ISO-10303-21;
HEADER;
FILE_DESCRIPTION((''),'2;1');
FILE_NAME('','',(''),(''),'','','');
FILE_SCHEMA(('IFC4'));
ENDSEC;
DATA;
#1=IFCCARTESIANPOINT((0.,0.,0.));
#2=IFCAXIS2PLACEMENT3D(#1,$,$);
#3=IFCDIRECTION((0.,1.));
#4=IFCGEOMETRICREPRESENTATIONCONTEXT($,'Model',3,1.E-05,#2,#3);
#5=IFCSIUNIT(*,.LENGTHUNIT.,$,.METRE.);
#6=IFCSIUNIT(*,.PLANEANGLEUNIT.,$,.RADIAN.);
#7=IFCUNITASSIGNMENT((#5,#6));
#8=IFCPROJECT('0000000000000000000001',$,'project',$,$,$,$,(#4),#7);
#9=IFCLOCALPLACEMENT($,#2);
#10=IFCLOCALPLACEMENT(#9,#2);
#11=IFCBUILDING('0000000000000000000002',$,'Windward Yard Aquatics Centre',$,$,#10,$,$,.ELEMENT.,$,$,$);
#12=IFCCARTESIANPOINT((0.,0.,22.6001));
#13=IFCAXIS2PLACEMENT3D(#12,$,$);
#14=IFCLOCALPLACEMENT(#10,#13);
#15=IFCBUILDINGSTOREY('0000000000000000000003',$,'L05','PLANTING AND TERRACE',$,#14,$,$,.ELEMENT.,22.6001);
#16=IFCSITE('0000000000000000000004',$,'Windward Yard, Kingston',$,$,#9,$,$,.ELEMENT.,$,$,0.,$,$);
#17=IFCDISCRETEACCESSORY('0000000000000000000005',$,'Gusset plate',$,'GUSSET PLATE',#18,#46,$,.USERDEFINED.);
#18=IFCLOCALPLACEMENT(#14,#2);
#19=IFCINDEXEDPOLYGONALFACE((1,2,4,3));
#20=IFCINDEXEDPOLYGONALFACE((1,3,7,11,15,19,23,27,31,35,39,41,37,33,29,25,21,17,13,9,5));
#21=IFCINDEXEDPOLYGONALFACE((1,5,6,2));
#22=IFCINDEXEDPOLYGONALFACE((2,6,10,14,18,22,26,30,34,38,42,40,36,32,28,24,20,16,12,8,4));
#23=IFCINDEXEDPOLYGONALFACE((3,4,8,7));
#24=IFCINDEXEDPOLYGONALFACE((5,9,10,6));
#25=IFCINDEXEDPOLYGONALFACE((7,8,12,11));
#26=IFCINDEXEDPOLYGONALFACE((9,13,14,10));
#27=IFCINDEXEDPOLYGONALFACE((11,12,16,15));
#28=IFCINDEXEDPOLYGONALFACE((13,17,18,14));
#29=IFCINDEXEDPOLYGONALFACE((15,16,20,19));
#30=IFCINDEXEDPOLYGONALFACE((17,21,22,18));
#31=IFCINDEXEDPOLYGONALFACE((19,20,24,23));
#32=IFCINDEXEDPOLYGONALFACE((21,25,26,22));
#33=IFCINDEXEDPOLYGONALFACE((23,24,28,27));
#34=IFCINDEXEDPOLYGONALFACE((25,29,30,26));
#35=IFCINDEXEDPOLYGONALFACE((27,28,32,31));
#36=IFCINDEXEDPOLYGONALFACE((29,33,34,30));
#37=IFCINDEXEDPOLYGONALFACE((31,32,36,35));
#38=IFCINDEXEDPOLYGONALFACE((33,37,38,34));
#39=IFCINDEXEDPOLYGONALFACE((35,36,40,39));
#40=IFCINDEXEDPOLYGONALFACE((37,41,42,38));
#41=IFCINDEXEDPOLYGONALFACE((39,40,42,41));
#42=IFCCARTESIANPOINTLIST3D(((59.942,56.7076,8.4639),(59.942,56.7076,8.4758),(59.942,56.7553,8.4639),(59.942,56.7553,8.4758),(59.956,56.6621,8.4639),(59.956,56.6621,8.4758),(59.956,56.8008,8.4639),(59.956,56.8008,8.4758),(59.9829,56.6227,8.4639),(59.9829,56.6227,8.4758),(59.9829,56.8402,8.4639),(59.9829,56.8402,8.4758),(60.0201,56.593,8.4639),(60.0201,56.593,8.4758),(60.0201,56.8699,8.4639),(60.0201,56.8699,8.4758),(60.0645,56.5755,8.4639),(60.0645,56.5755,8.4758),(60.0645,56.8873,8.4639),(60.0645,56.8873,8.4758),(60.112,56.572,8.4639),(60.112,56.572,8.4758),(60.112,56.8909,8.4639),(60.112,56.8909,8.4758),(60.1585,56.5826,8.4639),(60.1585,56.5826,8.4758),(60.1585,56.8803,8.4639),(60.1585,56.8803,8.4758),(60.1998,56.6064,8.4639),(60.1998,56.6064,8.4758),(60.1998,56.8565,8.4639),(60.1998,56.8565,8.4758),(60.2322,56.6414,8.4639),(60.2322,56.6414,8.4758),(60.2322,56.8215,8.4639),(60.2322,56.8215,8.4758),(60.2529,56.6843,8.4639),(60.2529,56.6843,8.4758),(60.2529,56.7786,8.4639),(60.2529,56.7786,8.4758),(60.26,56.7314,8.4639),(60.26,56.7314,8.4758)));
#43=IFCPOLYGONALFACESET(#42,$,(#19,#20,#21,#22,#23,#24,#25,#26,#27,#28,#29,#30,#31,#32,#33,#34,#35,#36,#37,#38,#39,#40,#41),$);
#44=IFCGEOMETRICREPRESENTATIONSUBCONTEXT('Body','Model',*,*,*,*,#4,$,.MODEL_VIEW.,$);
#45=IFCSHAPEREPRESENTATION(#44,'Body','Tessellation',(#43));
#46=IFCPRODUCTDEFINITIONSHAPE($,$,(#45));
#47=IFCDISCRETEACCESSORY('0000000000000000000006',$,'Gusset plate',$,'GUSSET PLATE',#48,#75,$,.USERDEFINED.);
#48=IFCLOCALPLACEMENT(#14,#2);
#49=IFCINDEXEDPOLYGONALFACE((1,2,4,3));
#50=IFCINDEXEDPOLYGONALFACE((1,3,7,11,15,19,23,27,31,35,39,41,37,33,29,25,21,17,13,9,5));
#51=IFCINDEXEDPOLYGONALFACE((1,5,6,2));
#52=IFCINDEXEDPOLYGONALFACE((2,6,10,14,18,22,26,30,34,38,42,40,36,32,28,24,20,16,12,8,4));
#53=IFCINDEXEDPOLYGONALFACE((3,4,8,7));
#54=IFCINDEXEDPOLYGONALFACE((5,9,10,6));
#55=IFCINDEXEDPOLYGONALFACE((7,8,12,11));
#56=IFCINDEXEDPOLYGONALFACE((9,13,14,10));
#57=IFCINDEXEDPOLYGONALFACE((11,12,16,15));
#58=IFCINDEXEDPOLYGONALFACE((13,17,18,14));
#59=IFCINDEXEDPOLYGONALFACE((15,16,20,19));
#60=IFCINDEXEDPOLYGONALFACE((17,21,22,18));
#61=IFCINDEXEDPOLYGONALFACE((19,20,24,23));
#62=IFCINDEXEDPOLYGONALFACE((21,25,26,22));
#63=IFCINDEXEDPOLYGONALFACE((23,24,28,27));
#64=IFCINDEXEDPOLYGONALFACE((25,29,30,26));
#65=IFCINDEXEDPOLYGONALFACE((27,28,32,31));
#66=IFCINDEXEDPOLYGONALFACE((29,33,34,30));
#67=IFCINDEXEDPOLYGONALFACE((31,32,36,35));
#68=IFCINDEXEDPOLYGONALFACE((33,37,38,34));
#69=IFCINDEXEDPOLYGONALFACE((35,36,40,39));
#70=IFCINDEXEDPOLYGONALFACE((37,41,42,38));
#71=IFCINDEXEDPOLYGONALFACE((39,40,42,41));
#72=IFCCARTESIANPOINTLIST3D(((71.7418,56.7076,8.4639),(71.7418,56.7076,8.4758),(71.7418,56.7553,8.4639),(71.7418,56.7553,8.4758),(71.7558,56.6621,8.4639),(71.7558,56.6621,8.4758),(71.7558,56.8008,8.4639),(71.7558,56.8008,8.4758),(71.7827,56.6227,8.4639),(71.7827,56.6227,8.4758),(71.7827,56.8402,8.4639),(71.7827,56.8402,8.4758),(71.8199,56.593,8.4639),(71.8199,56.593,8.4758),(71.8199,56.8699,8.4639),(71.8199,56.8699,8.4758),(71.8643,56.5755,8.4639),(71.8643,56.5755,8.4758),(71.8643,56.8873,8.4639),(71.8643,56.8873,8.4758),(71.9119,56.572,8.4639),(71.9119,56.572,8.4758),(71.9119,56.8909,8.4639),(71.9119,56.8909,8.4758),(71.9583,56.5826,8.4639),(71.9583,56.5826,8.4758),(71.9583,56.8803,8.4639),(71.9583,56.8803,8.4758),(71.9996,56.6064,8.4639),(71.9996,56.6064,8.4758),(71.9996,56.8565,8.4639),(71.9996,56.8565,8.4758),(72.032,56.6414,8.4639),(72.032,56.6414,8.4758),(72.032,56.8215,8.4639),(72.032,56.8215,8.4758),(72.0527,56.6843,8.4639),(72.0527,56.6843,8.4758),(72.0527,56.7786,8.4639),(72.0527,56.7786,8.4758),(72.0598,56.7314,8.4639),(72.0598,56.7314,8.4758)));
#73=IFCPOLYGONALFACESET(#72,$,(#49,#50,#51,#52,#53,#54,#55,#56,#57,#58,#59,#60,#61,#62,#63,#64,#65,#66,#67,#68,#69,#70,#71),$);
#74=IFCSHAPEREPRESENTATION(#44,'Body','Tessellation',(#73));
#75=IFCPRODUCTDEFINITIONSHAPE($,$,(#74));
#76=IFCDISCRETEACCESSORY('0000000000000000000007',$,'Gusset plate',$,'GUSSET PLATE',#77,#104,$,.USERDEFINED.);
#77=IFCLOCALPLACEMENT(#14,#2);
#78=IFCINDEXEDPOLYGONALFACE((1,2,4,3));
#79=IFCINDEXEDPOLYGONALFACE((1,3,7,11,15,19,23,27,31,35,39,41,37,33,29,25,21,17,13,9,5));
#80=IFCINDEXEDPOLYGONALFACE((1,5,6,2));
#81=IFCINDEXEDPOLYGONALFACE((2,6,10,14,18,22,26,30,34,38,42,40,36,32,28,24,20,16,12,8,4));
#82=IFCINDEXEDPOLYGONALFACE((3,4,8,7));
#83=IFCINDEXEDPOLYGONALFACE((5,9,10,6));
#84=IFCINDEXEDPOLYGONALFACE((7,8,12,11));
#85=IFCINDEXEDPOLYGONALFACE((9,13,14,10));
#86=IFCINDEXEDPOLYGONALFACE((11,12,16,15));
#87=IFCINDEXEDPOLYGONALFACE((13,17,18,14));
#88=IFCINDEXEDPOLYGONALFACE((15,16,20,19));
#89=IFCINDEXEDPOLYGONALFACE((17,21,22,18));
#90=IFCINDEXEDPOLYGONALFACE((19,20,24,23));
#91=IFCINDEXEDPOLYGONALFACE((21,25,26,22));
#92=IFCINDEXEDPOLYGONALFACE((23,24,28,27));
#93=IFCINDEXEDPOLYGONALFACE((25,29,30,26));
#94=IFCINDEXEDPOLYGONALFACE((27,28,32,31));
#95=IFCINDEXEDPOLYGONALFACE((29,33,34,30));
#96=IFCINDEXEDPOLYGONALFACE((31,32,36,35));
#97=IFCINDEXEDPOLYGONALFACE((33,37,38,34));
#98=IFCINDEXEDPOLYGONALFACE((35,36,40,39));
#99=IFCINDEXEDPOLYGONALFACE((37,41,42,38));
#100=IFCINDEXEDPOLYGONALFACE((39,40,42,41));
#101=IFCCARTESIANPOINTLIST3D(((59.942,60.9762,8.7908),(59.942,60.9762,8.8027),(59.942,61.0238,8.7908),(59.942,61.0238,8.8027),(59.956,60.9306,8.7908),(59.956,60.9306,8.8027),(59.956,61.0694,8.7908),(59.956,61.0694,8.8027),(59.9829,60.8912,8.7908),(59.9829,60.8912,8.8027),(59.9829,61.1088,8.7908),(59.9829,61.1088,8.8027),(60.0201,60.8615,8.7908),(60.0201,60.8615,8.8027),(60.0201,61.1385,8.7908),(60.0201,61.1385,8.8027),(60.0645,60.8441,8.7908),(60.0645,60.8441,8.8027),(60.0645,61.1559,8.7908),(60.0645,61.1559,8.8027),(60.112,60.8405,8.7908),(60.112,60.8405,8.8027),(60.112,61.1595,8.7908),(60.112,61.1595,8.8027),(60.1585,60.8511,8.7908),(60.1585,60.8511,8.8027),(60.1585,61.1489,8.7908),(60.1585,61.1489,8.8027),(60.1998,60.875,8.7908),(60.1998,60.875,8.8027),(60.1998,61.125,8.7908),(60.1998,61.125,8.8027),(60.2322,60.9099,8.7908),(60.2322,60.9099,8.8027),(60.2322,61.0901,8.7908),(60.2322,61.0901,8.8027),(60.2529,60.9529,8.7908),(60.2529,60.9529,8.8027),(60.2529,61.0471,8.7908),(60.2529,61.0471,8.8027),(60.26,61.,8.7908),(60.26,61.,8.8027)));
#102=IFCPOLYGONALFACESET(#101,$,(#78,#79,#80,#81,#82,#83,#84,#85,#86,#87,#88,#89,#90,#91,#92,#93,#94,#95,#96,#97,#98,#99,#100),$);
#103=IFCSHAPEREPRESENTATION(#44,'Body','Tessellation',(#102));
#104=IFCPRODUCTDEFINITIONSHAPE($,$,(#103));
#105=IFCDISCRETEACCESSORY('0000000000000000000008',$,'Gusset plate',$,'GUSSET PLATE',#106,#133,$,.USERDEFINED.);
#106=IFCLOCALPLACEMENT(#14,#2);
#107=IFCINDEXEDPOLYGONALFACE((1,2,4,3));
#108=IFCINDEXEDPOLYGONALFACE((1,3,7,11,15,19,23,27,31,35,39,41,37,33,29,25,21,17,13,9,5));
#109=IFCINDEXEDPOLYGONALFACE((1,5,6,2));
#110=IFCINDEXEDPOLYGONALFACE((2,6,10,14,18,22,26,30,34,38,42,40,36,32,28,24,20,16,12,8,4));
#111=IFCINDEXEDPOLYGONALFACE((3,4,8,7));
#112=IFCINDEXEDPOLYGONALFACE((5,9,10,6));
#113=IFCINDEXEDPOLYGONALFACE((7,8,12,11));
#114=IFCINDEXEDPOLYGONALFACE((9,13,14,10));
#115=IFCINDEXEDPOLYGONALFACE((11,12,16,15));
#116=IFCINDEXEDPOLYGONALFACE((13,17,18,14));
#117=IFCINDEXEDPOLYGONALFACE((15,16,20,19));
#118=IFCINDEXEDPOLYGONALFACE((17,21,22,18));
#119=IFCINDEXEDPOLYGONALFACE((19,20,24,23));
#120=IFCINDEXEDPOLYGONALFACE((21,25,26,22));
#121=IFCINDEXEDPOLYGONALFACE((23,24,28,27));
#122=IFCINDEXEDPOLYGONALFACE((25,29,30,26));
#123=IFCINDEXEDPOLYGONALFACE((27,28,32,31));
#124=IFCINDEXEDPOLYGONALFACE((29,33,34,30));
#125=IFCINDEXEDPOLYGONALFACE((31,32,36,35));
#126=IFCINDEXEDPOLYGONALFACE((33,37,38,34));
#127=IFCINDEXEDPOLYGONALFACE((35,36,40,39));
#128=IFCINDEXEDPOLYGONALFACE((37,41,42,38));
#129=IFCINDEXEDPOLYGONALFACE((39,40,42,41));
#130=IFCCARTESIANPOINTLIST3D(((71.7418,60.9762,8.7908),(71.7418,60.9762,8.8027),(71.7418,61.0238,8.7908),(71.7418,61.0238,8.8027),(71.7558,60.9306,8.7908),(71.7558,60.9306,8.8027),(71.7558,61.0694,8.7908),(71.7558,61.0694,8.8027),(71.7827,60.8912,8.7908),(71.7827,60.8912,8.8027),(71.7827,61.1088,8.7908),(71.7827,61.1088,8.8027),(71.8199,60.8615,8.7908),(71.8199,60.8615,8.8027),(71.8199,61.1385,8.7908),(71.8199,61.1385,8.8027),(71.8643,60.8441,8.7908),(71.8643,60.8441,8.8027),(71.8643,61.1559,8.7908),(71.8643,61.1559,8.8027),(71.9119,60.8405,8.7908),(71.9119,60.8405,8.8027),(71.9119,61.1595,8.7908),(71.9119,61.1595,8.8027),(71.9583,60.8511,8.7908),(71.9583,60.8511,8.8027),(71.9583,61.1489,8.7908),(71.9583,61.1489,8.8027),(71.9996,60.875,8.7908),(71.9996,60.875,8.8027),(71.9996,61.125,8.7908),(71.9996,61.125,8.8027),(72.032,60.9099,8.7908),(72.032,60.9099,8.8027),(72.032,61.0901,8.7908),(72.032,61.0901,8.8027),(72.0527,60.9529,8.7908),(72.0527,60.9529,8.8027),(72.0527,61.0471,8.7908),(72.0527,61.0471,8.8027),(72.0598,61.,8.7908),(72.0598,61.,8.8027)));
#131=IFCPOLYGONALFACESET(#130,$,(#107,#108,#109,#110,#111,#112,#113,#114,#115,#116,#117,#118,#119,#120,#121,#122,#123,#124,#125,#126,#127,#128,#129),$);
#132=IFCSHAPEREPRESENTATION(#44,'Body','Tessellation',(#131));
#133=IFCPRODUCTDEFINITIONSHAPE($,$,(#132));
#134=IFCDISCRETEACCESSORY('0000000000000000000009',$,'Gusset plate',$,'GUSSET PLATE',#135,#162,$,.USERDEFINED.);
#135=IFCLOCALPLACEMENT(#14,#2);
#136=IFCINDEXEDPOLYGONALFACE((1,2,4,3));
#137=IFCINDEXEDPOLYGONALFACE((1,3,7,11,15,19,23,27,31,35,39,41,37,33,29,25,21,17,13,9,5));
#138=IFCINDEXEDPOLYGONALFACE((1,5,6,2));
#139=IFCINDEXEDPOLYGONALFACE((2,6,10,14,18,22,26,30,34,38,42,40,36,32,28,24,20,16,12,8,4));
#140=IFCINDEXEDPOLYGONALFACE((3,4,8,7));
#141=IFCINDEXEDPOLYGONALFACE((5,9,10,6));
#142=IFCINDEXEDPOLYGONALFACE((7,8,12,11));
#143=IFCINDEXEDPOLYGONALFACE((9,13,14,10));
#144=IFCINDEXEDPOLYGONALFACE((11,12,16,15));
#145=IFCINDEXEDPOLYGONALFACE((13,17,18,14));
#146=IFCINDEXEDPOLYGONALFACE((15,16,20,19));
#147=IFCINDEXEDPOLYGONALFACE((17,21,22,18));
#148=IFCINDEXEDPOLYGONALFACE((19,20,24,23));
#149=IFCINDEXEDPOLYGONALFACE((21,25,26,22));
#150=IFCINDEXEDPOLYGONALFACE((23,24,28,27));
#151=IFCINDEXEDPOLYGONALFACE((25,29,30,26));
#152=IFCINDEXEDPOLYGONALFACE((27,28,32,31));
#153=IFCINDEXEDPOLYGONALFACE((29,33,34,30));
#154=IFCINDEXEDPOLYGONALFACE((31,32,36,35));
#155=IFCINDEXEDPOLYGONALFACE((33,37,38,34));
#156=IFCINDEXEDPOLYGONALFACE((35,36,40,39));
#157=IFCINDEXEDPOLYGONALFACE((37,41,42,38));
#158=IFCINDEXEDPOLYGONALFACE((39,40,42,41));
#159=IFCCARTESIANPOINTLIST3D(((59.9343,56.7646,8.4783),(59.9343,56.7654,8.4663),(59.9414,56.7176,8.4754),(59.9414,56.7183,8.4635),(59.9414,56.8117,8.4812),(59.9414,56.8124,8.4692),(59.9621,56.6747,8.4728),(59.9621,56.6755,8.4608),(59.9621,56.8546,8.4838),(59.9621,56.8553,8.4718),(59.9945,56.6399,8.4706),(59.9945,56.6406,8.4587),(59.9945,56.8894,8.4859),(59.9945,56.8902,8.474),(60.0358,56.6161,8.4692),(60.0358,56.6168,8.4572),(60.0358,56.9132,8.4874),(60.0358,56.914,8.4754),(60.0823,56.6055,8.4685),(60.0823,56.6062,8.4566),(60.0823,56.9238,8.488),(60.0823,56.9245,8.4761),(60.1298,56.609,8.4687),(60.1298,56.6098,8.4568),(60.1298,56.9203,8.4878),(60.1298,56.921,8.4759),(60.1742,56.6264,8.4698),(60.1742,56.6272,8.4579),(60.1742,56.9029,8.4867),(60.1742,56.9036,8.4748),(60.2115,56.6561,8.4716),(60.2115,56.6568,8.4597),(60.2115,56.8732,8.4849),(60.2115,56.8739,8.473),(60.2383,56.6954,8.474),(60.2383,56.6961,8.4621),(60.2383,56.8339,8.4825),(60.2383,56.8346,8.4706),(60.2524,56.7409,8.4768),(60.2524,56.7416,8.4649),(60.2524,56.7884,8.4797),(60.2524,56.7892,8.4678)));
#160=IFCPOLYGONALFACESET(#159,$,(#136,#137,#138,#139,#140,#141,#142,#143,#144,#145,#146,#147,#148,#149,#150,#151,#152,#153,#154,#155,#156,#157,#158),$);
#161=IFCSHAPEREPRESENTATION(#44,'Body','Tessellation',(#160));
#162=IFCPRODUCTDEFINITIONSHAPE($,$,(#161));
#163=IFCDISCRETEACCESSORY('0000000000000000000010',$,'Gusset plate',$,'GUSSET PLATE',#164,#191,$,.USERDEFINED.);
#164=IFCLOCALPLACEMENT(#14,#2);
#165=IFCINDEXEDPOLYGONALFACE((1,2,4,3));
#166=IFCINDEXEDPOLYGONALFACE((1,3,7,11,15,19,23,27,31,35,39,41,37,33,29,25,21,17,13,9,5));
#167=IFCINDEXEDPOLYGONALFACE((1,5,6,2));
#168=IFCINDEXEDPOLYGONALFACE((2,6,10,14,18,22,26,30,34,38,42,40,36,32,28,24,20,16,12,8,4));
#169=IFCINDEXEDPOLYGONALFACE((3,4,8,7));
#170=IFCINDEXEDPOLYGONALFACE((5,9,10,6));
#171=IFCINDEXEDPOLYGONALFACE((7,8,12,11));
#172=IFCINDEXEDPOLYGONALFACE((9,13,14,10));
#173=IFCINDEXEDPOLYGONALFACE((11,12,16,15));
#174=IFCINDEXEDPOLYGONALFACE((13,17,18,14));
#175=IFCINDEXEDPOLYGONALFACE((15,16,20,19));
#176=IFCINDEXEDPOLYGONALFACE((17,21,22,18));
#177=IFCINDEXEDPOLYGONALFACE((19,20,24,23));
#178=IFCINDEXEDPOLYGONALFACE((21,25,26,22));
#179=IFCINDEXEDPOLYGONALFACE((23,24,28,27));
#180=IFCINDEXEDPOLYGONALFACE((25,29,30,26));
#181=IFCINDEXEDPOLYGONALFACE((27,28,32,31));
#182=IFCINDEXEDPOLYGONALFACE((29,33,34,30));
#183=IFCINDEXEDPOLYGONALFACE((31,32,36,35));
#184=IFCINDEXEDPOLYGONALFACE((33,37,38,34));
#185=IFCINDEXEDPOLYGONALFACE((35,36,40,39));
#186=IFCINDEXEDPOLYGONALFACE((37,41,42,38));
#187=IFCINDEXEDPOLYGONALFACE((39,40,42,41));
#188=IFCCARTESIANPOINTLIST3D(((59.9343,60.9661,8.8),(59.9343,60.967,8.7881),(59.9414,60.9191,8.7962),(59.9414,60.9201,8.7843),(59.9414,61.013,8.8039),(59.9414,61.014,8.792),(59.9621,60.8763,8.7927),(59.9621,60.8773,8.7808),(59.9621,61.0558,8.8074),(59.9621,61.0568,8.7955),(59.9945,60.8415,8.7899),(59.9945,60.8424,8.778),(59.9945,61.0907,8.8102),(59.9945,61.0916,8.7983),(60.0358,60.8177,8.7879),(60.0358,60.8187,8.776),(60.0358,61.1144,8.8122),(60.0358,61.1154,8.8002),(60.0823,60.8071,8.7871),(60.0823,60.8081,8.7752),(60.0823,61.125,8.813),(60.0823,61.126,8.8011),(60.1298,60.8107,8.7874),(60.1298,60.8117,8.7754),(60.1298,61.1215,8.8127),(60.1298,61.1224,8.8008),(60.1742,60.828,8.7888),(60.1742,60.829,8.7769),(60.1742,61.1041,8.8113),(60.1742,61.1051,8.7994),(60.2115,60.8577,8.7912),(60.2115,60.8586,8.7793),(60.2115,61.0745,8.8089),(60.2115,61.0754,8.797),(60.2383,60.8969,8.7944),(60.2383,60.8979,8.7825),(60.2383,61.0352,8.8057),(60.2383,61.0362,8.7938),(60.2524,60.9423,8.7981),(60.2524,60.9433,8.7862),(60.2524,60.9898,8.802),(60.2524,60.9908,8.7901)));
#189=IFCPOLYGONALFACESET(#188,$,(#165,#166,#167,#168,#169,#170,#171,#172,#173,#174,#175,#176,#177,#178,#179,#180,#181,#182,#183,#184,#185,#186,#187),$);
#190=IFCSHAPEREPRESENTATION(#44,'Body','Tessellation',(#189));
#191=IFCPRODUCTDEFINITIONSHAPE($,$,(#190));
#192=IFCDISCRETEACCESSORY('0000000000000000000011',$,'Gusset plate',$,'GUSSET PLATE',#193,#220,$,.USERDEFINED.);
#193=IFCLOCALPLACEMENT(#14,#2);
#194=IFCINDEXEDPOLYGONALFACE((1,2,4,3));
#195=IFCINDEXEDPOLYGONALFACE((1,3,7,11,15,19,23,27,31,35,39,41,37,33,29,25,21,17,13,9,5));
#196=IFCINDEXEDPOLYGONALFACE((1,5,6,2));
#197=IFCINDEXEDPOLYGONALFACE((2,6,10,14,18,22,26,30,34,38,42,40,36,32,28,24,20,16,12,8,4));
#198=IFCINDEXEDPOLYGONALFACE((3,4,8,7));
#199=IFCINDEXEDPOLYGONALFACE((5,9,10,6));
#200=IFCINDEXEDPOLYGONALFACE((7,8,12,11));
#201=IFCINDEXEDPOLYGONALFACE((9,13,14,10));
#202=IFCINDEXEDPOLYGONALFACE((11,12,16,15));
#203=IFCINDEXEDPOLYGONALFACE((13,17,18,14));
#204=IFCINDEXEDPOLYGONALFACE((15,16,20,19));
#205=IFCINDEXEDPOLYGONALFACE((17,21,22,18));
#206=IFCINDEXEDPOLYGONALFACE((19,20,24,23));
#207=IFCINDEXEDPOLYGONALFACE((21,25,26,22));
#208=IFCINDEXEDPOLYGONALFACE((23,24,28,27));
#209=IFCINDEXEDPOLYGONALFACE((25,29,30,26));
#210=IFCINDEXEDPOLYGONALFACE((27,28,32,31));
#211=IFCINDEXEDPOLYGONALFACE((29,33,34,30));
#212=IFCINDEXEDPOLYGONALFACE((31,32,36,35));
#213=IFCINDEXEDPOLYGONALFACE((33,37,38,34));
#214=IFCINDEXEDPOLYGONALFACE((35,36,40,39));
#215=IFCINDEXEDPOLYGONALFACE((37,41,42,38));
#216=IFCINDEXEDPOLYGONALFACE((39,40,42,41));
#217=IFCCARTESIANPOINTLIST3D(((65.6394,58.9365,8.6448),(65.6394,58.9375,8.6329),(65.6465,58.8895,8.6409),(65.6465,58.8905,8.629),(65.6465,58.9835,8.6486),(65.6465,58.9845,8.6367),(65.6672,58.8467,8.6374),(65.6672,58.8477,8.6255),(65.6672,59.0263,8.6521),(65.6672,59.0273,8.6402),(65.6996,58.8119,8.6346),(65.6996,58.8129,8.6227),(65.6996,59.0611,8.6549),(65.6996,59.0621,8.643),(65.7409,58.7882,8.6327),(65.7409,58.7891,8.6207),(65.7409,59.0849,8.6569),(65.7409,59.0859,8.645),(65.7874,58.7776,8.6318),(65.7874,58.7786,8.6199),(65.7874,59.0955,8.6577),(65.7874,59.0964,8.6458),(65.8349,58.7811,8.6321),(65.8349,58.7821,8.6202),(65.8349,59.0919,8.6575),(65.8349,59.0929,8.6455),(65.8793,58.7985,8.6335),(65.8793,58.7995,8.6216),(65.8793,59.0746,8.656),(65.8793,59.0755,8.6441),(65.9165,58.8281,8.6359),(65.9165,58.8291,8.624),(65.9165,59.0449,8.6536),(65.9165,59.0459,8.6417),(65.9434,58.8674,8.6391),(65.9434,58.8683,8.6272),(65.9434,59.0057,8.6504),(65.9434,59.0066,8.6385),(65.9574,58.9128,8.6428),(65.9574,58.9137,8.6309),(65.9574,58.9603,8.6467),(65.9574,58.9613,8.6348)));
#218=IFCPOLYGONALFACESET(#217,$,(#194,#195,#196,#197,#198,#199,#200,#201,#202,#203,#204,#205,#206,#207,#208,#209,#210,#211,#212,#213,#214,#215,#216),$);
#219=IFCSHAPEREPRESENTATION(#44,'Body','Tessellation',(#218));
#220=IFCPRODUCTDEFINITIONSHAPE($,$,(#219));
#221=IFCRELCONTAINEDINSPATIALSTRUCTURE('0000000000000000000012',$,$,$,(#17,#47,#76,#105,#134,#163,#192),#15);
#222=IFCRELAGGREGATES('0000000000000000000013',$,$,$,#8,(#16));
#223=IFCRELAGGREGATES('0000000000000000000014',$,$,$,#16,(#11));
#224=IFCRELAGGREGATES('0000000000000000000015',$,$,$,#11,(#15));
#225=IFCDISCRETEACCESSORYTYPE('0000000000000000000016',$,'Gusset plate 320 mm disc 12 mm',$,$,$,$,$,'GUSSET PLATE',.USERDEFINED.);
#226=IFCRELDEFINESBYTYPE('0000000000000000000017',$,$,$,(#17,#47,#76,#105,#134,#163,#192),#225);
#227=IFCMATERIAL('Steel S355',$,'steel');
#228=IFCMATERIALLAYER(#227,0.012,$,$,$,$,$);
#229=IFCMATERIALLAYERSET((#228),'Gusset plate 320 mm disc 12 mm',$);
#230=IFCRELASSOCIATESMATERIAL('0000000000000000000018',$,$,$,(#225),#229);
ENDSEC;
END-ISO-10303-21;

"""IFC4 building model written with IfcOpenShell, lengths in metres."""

from ifc_helpers import new_model, si_unit, direction, frame, origin, origin_2d, place, context, subcontext, project, spatial, circle, extrude, material, layer, layer_set, type_object, element, save


model = new_model("IFC4")

# Units and contexts
model_context = context("Model", 3, precision=1e-05, world=origin(), true_north=direction((0.0, 1.0)))
body_context = subcontext(model_context, "Body", "Model", "MODEL_VIEW")
ifc_project = project(units=[si_unit("LENGTHUNIT", "METRE"), si_unit("PLANEANGLEUNIT", "RADIAN")], contexts=[model_context])

# Site, building, storey
site_placement = place(None, origin())
site = spatial("IfcSite", under=ifc_project, at=site_placement, Name="Windward Yard, Kingston", CompositionType="ELEMENT", RefElevation=0.0)
building_placement = place(site_placement, origin())
building = spatial("IfcBuilding", under=site, at=building_placement, Name="Windward Yard Aquatics Centre", CompositionType="ELEMENT")
storey_placement = place(building_placement, frame((0.0, 0.0, 22.6001)))
storey = spatial("IfcBuildingStorey", under=building, at=storey_placement, Name="L05", Description="PLANTING AND TERRACE", CompositionType="ELEMENT", Elevation=22.6001)

# Discrete accessories
ifc_material_1 = material(Name="Steel S355", Category="steel")
ifc_layer = layer(ifc_material_1, 0.012)
ifc_layer_set = layer_set([ifc_layer], Name="Gusset plate 320 mm disc 12 mm")
discrete_accessory_type = type_object("IfcDiscreteAccessoryType", Name="Gusset plate 320 mm disc 12 mm", ElementType="GUSSET PLATE", PredefinedType="USERDEFINED", material=ifc_layer_set)
for number, where, z_axis, x_axis, name in (
    (1, (60.1001, 56.7314, 8.4639), (0.0, 0.0, 1.0), (1.0, 0.0, 0.0), "Gusset plate"),
    (2, (71.8999, 56.7314, 8.4639), (0.0, 0.0, 1.0), (1.0, 0.0, 0.0), "Gusset plate"),
    (3, (60.1001, 61.0, 8.7908), (0.0, 0.0, 1.0), (1.0, 0.0, 0.0), "Gusset plate"),
    (4, (71.8999, 61.0, 8.7908), (0.0, 0.0, 1.0), (1.0, 0.0, 0.0), "Gusset plate"),
    (5, (60.0942, 56.7646, 8.4783), (0.0, 0.06111, -0.998131), (-1.0, 0.0, 0.0), "Gusset plate"),
    (6, (60.0942, 60.9661, 8.8), (0.0, 0.081362, -0.996685), (-1.0, 0.0, 0.0), "Gusset plate"),
    (7, (65.7993, 58.9365, 8.6448), (0.0, 0.081362, -0.996685), (-1.0, 0.0, 0.0), "Gusset plate"),
):
    element("IfcDiscreteAccessory", number, at=place(storey_placement, frame(where, z_axis=z_axis, x_axis=x_axis)), inside=storey, type_object=discrete_accessory_type, Name=name, ObjectType="GUSSET PLATE", PredefinedType="USERDEFINED", context=body_context, shape_type="SweptSolid", body=[
        extrude(circle(Radius=0.1599, at=origin_2d()), origin(), (0.0, 0.0, 1.0), 0.012),
    ])

save(model, "model.ifc")
